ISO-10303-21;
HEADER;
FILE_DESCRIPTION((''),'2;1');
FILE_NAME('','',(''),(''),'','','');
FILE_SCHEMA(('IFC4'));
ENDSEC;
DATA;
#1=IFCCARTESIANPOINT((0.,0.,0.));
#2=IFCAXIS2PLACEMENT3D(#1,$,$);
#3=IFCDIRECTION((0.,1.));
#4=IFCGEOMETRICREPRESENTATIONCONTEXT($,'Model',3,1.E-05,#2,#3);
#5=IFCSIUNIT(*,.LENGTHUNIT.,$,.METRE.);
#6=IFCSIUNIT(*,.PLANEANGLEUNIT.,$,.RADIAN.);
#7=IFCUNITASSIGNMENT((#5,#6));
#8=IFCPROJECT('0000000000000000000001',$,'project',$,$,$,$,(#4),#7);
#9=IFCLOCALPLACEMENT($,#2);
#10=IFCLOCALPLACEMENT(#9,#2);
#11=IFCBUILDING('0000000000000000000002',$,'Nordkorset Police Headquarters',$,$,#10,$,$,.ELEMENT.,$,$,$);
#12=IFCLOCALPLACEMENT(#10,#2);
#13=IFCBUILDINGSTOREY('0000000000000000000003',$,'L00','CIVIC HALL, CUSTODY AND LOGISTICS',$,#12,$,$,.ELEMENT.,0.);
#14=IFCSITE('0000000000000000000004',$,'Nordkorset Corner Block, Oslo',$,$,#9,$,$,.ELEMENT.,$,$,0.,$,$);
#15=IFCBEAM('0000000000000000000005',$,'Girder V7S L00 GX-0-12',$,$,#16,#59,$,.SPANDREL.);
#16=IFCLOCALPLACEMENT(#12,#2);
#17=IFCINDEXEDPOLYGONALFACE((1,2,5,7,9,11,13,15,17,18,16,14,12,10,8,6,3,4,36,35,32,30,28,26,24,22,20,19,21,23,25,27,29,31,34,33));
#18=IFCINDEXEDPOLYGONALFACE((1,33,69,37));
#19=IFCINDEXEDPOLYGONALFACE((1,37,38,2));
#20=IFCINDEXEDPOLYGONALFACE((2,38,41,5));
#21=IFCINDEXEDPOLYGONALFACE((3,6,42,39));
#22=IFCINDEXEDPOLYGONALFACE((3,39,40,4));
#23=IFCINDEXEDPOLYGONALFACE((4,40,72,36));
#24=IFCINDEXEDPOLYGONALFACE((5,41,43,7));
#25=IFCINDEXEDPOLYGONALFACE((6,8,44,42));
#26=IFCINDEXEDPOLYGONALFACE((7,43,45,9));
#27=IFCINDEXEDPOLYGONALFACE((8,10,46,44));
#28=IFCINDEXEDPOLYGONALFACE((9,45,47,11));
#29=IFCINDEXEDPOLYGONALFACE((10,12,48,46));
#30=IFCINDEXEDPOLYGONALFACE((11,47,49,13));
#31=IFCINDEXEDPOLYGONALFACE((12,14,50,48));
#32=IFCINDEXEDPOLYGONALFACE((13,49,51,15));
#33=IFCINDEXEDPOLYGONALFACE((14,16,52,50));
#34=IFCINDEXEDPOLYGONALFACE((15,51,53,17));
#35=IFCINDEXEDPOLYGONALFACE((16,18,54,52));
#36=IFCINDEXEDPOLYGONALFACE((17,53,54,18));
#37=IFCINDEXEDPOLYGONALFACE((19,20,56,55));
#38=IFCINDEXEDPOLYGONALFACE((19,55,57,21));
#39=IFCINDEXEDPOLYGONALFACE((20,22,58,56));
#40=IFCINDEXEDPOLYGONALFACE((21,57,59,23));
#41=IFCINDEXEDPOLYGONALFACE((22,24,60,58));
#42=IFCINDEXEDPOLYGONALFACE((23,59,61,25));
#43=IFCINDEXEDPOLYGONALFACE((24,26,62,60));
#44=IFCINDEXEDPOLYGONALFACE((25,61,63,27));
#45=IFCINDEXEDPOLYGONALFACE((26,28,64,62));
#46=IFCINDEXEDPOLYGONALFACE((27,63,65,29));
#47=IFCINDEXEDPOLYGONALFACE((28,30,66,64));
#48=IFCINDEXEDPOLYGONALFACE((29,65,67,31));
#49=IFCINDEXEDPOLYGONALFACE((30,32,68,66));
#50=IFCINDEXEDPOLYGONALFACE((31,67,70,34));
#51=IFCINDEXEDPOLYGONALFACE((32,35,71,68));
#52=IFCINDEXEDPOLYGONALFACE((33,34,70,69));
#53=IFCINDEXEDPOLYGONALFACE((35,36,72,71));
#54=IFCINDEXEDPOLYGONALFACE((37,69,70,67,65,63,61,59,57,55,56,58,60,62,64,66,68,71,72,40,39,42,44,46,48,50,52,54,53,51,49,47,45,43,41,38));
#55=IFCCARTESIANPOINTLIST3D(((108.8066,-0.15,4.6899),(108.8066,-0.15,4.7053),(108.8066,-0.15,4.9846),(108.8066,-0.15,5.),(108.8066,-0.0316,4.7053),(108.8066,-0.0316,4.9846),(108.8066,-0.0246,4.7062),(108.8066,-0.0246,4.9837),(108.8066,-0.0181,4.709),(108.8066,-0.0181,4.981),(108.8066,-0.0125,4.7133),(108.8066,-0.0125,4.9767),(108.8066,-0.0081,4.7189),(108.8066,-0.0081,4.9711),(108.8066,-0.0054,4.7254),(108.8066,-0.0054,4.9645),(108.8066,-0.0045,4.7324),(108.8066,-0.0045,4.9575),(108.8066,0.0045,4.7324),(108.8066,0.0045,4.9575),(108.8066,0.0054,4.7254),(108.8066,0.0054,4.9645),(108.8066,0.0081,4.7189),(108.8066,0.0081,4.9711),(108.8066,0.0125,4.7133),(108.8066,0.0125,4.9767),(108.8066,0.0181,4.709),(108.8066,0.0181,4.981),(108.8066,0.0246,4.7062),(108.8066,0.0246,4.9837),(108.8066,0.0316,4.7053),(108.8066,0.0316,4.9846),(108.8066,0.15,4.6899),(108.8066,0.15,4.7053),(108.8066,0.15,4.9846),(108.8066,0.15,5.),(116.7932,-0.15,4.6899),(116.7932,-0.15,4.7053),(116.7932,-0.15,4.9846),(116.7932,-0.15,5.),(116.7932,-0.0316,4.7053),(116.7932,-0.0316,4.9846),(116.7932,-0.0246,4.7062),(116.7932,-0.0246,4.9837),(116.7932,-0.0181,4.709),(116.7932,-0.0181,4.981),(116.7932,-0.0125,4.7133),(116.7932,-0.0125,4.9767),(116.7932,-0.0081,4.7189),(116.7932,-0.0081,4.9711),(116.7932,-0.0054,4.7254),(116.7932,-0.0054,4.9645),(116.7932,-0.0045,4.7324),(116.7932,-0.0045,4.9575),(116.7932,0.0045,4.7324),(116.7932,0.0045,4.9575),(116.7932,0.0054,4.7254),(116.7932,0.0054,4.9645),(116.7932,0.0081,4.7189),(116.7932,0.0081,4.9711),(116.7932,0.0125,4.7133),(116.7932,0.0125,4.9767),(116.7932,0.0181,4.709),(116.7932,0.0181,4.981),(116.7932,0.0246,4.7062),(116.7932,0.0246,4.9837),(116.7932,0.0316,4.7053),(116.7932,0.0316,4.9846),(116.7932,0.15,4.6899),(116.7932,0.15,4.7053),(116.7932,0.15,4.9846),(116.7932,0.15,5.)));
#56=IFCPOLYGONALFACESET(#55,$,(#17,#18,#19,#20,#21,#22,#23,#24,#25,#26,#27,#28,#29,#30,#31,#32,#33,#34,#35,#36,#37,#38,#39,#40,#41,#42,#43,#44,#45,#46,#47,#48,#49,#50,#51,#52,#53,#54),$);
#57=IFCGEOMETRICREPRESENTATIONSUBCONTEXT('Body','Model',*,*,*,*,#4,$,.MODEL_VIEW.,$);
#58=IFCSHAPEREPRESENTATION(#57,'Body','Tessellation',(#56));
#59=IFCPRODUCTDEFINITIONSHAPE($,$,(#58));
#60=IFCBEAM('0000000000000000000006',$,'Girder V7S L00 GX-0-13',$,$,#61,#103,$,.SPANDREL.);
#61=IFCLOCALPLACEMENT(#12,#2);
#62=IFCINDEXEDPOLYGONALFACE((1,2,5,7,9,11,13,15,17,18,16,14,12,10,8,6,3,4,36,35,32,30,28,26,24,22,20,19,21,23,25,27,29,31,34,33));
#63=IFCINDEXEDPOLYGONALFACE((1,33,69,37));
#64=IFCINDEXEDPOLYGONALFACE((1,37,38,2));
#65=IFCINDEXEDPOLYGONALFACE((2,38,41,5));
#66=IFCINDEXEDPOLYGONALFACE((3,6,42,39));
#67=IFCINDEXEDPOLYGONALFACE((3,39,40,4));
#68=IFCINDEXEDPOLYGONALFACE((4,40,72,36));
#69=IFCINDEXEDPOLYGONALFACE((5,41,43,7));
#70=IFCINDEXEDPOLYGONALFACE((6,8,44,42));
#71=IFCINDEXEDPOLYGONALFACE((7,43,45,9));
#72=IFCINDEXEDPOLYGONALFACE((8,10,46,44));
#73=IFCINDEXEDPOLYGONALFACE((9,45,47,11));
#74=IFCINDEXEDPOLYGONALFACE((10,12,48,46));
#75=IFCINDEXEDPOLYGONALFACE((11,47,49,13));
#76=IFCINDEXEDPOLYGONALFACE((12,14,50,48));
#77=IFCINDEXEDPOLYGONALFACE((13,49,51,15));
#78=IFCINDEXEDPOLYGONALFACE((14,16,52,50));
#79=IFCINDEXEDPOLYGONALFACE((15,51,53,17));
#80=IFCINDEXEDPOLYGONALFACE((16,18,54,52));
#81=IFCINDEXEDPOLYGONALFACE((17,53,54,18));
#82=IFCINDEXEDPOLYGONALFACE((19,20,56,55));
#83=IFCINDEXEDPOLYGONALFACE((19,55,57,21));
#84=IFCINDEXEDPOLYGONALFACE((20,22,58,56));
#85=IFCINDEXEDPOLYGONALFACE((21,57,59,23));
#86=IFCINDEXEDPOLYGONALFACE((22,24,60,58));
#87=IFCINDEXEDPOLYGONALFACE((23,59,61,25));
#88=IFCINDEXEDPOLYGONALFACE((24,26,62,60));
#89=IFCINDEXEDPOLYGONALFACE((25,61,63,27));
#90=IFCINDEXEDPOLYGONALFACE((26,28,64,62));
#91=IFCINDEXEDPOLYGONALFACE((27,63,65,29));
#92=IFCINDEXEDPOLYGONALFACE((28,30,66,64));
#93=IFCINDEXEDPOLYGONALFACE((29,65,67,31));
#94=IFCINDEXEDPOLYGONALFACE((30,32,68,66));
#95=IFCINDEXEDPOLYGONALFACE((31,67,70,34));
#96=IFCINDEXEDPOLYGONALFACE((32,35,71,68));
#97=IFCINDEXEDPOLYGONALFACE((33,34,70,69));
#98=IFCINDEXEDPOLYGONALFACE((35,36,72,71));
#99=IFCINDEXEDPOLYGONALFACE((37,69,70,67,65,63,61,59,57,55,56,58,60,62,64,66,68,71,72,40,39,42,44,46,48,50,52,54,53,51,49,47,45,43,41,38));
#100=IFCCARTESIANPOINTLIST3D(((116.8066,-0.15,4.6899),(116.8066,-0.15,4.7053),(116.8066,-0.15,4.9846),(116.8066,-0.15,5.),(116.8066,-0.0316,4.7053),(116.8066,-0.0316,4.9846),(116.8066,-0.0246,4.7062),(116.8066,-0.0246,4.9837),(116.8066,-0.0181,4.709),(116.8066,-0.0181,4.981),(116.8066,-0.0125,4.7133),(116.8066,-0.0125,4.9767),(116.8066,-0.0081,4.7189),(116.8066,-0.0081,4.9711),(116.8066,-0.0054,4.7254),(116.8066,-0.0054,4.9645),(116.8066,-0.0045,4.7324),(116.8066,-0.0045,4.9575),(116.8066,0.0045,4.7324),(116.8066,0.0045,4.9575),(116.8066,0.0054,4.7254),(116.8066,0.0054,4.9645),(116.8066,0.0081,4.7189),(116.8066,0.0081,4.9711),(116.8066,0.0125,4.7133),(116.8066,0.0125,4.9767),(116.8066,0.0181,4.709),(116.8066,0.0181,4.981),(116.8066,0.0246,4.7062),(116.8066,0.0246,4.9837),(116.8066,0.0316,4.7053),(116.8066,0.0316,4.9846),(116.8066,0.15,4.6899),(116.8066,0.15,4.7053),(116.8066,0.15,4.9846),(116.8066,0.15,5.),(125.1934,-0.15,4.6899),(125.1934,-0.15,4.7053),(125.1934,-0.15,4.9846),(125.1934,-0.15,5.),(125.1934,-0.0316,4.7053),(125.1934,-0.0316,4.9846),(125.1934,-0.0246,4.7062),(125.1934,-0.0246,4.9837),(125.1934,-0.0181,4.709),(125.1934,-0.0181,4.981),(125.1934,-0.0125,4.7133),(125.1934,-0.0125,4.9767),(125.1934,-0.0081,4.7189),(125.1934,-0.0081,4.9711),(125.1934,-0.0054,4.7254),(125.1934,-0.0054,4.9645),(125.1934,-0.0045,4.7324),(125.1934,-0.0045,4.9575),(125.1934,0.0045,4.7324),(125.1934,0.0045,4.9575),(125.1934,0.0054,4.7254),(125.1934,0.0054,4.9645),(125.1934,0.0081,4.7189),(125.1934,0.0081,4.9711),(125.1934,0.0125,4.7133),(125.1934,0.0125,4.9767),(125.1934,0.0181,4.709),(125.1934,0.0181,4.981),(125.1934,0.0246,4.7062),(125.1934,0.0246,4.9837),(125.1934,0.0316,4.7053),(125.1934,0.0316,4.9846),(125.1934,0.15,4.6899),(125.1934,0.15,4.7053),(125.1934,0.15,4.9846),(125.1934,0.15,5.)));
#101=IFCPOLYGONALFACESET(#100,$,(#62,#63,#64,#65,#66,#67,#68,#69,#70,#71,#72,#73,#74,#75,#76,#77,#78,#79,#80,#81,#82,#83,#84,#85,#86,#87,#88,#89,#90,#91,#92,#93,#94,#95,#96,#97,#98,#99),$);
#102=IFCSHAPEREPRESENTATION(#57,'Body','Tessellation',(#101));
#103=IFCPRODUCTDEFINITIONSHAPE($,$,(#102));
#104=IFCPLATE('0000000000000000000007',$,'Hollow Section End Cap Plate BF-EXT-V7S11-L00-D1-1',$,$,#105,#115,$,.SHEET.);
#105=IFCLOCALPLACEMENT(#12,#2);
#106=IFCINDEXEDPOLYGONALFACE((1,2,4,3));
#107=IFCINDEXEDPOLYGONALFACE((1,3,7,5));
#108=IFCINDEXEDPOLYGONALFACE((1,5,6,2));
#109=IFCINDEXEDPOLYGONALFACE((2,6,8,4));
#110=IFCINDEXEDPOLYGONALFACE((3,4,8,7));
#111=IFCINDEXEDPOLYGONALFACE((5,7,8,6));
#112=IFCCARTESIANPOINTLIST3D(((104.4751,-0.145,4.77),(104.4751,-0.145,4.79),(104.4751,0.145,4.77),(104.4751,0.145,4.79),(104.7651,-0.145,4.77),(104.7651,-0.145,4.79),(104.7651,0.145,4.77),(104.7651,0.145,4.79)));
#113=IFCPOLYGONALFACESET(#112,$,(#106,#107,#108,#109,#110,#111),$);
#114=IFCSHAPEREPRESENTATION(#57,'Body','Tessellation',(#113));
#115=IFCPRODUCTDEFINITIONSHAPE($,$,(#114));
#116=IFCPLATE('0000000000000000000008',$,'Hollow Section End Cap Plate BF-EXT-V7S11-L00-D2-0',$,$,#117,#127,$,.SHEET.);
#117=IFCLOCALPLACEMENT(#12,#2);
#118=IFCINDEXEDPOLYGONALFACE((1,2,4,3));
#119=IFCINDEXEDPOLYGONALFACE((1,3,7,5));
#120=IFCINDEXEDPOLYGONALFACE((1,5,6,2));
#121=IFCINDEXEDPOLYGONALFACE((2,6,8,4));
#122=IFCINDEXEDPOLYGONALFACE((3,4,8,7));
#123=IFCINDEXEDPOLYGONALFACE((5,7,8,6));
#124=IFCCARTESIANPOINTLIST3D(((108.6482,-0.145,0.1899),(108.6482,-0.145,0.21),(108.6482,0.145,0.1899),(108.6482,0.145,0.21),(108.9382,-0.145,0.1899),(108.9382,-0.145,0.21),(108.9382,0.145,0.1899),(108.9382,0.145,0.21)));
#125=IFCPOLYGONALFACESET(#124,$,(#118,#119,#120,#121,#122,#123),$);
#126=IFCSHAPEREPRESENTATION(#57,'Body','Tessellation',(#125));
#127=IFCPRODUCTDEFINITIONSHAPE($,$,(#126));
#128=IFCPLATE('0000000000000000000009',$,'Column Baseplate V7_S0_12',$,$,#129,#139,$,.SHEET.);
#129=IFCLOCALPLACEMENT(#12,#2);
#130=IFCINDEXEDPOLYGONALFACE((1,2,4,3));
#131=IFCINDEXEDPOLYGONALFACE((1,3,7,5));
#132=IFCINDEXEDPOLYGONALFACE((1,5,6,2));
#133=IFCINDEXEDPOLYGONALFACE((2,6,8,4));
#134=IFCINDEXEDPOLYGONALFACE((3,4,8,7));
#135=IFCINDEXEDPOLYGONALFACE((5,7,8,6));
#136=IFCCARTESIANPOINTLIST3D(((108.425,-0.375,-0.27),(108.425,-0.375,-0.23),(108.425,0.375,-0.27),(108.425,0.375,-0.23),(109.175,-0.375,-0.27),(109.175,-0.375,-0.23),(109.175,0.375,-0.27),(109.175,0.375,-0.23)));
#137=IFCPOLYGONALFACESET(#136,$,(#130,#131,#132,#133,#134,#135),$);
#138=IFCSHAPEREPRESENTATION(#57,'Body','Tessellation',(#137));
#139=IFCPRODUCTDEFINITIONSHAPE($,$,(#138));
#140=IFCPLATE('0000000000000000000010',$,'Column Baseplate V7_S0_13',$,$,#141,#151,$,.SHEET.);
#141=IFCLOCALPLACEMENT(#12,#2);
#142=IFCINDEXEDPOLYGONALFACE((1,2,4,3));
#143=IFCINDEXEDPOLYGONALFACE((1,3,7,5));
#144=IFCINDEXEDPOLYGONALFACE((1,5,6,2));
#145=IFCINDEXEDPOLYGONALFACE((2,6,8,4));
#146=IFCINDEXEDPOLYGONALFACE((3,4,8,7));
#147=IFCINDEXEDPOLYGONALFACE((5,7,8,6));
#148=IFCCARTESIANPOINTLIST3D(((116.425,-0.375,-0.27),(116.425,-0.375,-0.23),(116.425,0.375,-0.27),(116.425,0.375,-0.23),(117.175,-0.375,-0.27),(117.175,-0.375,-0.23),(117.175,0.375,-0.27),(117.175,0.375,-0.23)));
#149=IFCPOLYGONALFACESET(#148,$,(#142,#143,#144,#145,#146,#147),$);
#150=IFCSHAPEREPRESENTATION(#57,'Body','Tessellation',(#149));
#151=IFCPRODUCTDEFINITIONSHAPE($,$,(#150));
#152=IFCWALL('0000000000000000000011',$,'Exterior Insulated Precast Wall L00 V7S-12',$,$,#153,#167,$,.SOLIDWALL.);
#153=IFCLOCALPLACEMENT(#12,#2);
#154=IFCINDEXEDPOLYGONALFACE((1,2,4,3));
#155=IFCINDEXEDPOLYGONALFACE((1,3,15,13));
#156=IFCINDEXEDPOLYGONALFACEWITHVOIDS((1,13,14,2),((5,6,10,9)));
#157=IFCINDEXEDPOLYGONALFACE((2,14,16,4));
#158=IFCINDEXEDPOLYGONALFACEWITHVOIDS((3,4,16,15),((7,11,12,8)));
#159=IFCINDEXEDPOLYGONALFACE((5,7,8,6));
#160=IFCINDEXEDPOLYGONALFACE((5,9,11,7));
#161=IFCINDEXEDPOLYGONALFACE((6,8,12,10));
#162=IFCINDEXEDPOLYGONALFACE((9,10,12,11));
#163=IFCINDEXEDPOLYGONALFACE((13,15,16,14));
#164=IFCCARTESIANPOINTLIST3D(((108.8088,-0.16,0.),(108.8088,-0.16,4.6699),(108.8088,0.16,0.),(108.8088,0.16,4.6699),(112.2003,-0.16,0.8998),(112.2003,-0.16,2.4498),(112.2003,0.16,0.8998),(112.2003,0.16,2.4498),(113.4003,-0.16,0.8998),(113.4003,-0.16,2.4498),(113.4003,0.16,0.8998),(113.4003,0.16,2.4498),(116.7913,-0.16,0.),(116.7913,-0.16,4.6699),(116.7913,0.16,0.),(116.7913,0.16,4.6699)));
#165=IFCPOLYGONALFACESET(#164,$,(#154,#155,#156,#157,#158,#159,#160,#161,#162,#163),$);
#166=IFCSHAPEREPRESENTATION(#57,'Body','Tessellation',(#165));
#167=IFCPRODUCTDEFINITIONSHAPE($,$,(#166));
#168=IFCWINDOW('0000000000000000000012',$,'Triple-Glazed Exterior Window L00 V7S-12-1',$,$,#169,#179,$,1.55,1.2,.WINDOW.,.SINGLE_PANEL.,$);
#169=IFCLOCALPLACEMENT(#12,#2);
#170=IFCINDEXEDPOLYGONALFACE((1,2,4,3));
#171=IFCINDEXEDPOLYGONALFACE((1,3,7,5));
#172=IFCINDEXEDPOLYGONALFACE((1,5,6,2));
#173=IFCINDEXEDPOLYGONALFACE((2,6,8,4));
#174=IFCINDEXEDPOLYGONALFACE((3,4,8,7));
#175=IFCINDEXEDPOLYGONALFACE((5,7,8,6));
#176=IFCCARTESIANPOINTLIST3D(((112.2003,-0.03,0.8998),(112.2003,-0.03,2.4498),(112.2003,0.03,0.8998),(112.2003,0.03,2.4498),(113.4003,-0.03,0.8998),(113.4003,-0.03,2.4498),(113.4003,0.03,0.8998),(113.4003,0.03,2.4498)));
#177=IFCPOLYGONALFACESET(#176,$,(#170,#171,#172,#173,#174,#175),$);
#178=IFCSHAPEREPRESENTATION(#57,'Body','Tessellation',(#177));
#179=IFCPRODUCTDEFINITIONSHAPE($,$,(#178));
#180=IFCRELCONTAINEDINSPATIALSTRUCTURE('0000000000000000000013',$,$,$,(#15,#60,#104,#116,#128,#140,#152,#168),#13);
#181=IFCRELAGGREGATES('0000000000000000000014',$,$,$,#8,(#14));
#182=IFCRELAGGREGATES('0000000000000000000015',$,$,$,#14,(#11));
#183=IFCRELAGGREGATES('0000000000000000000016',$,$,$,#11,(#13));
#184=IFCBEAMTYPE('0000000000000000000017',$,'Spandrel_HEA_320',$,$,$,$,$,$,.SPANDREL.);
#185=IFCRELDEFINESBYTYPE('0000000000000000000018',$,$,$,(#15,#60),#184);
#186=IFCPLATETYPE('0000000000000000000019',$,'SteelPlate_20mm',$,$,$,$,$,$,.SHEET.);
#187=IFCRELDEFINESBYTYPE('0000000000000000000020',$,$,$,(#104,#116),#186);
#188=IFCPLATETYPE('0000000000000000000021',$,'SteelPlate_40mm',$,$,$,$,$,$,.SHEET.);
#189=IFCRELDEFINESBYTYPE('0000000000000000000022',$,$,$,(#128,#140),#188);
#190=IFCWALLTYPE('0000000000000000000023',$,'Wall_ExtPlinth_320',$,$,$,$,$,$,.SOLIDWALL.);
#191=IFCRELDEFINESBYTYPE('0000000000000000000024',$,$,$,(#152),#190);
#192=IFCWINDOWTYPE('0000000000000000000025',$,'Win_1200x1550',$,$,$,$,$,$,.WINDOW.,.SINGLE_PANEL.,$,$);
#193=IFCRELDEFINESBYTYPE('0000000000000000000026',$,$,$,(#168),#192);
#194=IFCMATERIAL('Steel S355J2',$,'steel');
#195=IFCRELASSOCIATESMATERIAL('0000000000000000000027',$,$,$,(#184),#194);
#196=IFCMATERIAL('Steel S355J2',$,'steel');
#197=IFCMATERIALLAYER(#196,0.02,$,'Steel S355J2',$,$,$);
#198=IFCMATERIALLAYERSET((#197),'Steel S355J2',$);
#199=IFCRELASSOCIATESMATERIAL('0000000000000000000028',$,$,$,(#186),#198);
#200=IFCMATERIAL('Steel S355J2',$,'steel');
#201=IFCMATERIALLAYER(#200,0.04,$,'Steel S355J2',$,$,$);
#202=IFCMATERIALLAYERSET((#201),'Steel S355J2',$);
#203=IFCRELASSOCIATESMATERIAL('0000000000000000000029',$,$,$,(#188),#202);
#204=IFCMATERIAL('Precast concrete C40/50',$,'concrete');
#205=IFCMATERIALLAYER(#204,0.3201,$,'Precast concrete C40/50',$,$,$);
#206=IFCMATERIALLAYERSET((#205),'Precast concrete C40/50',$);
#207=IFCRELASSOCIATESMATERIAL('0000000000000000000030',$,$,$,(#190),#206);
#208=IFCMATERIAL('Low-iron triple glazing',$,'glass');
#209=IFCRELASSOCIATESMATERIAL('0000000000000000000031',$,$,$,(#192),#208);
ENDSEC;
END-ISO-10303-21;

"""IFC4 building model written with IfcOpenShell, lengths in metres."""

from ifc_helpers import new_model, si_unit, direction, frame, frame_2d, origin, origin_2d, place, context, subcontext, project, spatial, rectangle, i_section, extrude, material, layer, layer_set, material_profile, profile_set, type_object, element, fill, save


model = new_model("IFC4")

# Units and contexts
model_context = context("Model", 3, precision=1e-05, world=origin(), true_north=direction((0.0, 1.0)))
body_context = subcontext(model_context, "Body", "Model", "MODEL_VIEW")
ifc_project = project(units=[si_unit("LENGTHUNIT", "METRE"), si_unit("PLANEANGLEUNIT", "RADIAN")], contexts=[model_context])

# Site, building, storey
site_placement = place(None, origin())
site = spatial("IfcSite", under=ifc_project, at=site_placement, Name="Nordkorset Corner Block, Oslo", CompositionType="ELEMENT", RefElevation=0.0)
building_placement = place(site_placement, origin())
building = spatial("IfcBuilding", under=site, at=building_placement, Name="Nordkorset Police Headquarters", CompositionType="ELEMENT")
storey_placement = place(building_placement, origin())
storey = spatial("IfcBuildingStorey", under=building, at=storey_placement, Name="L00", Description="CIVIC HALL, CUSTODY AND LOGISTICS", CompositionType="ELEMENT", Elevation=0.0)

# Beams
ifc_material_1 = material(Name="Steel S355J2", Category="steel")
ifc_material_profile_1 = material_profile(ifc_material_1, i_section(OverallWidth=0.3, OverallDepth=0.3101, WebThickness=0.009, FlangeThickness=0.0154, FilletRadius=0.0271, at=origin_2d()), Name="HEA 320")
ifc_profile_set_1 = profile_set([ifc_material_profile_1], Name="Steel S355J2")
beam_type_1 = type_object("IfcBeamType", Name="Spandrel_HEA_320", PredefinedType="SPANDREL", material=ifc_profile_set_1)
beam_1_placement = place(storey_placement, frame((108.8066, 0.0, 4.845), z_axis=(1.0, 0.0, 0.0), x_axis=(0.0, 1.0, 0.0)))
element("IfcBeam", 1, at=beam_1_placement, inside=storey, type_object=beam_type_1, Name="Girder V7S L00 GX-0-12", PredefinedType="SPANDREL", context=body_context, shape_type="SweptSolid", body=[
    extrude(i_section(OverallWidth=0.3, OverallDepth=0.3101, WebThickness=0.009, FlangeThickness=0.0154, FilletRadius=0.0271, at=origin_2d()), origin(), (0.0, 0.0, 1.0), 7.9866),
])
beam_2_placement = place(storey_placement, frame((116.8066, 0.0, 4.845), z_axis=(1.0, 0.0, 0.0), x_axis=(0.0, 1.0, 0.0)))
element("IfcBeam", 2, at=beam_2_placement, inside=storey, type_object=beam_type_1, Name="Girder V7S L00 GX-0-13", PredefinedType="SPANDREL", context=body_context, shape_type="SweptSolid", body=[
    extrude(i_section(OverallWidth=0.3, OverallDepth=0.3101, WebThickness=0.009, FlangeThickness=0.0154, FilletRadius=0.0271, at=origin_2d()), origin(), (0.0, 0.0, 1.0), 8.3867),
])

# Plates
ifc_material_2 = material(Name="Steel S355J2", Category="steel")
ifc_layer_1 = layer(ifc_material_2, 0.02, Name="Steel S355J2")
ifc_layer_set_1 = layer_set([ifc_layer_1], Name="Steel S355J2")
plate_type_1 = type_object("IfcPlateType", Name="SteelPlate_20mm", PredefinedType="SHEET", material=ifc_layer_set_1)
for number, where, z_axis, x_axis, name in (
    (3, (104.6201, 0.0, 4.77), (0.0, 0.0, 1.0), (1.0, 0.0, 0.0), "Hollow Section End Cap Plate BF-EXT-V7S11-L00-D1-1"),
    (4, (108.7932, 0.0, 0.1899), (0.0, 0.0, 1.0), (1.0, 0.0, 0.0), "Hollow Section End Cap Plate BF-EXT-V7S11-L00-D2-0"),
):
    element("IfcPlate", number, at=place(storey_placement, frame(where, z_axis=z_axis, x_axis=x_axis)), inside=storey, type_object=plate_type_1, Name=name, PredefinedType="SHEET", context=body_context, shape_type="SweptSolid", body=[
        extrude(rectangle(XDim=0.29, YDim=0.29, at=origin_2d()), origin(), (0.0, 0.0, 1.0), 0.02),
    ])
ifc_material_3 = material(Name="Steel S355J2", Category="steel")
ifc_layer_2 = layer(ifc_material_3, 0.04, Name="Steel S355J2")
ifc_layer_set_2 = layer_set([ifc_layer_2], Name="Steel S355J2")
plate_type_2 = type_object("IfcPlateType", Name="SteelPlate_40mm", PredefinedType="SHEET", material=ifc_layer_set_2)
for number, where, z_axis, x_axis, name in (
    (5, (108.8, 0.0, -0.27), (0.0, 0.0, 1.0), (1.0, 0.0, 0.0), "Column Baseplate V7_S0_12"),
    (6, (116.8, 0.0, -0.27), (0.0, 0.0, 1.0), (1.0, 0.0, 0.0), "Column Baseplate V7_S0_13"),
):
    element("IfcPlate", number, at=place(storey_placement, frame(where, z_axis=z_axis, x_axis=x_axis)), inside=storey, type_object=plate_type_2, Name=name, PredefinedType="SHEET", context=body_context, shape_type="SweptSolid", body=[
        extrude(rectangle(XDim=0.75, YDim=0.75, at=origin_2d()), origin(), (0.0, 0.0, 1.0), 0.04),
    ])

# Wall, opening, window
ifc_material_4 = material(Name="Precast concrete C40/50", Category="concrete")
ifc_layer_3 = layer(ifc_material_4, 0.3201, Name="Precast concrete C40/50")
ifc_layer_set_3 = layer_set([ifc_layer_3], Name="Precast concrete C40/50")
wall_type_1 = type_object("IfcWallType", Name="Wall_ExtPlinth_320", PredefinedType="SOLIDWALL", material=ifc_layer_set_3)
wall_1_placement = place(storey_placement, frame((108.8088, 0.0, 0.0), z_axis=(0.0, 0.0, 1.0), x_axis=(1.0, 0.0, 0.0)))
wall_1 = element("IfcWall", 7, at=wall_1_placement, inside=storey, type_object=wall_type_1, Name="Exterior Insulated Precast Wall L00 V7S-12", PredefinedType="SOLIDWALL", context=body_context, shape_type="SweptSolid", body=[
    extrude(rectangle(XDim=7.9824, YDim=0.3201, at=frame_2d((3.9912, 0.0))), origin(), (0.0, 0.0, 1.0), 4.6699),
])
opening_1_placement = place(wall_1_placement, frame((3.3914, 0.0, 0.8999)))
opening_1 = element("IfcOpeningElement", 8, at=opening_1_placement, cuts=wall_1, PredefinedType="OPENING", context=body_context, shape_type="SweptSolid", body=[
    extrude(rectangle(XDim=1.2, YDim=1.55, at=frame_2d((0.6001, 0.7749))), frame((0.0, 0.1699, 0.0), z_axis=(0.0, -1.0, 0.0), x_axis=(1.0, 0.0, 0.0)), (0.0, 0.0, 1.0), 0.3401),
])
ifc_material_5 = material(Name="Low-iron triple glazing", Category="glass")
window_type_1 = type_object("IfcWindowType", Name="Win_1200x1550", PartitioningType="SINGLE_PANEL", PredefinedType="WINDOW", material=ifc_material_5)
window_1_placement = place(opening_1_placement, origin())
window_1 = element("IfcWindow", 9, at=window_1_placement, inside=storey, type_object=window_type_1, Name="Triple-Glazed Exterior Window L00 V7S-12-1", OverallHeight=1.55, OverallWidth=1.2, PartitioningType="SINGLE_PANEL", PredefinedType="WINDOW", context=body_context, shape_type="SweptSolid", body=[
    extrude(rectangle(XDim=1.2, YDim=1.55, at=frame_2d((0.6001, 0.7749))), frame((0.0, 0.03, 0.0), z_axis=(0.0, -1.0, 0.0), x_axis=(1.0, 0.0, 0.0)), (0.0, 0.0, 1.0), 0.0601),
])
fill(opening_1, window_1)

save(model, "model.ifc")
